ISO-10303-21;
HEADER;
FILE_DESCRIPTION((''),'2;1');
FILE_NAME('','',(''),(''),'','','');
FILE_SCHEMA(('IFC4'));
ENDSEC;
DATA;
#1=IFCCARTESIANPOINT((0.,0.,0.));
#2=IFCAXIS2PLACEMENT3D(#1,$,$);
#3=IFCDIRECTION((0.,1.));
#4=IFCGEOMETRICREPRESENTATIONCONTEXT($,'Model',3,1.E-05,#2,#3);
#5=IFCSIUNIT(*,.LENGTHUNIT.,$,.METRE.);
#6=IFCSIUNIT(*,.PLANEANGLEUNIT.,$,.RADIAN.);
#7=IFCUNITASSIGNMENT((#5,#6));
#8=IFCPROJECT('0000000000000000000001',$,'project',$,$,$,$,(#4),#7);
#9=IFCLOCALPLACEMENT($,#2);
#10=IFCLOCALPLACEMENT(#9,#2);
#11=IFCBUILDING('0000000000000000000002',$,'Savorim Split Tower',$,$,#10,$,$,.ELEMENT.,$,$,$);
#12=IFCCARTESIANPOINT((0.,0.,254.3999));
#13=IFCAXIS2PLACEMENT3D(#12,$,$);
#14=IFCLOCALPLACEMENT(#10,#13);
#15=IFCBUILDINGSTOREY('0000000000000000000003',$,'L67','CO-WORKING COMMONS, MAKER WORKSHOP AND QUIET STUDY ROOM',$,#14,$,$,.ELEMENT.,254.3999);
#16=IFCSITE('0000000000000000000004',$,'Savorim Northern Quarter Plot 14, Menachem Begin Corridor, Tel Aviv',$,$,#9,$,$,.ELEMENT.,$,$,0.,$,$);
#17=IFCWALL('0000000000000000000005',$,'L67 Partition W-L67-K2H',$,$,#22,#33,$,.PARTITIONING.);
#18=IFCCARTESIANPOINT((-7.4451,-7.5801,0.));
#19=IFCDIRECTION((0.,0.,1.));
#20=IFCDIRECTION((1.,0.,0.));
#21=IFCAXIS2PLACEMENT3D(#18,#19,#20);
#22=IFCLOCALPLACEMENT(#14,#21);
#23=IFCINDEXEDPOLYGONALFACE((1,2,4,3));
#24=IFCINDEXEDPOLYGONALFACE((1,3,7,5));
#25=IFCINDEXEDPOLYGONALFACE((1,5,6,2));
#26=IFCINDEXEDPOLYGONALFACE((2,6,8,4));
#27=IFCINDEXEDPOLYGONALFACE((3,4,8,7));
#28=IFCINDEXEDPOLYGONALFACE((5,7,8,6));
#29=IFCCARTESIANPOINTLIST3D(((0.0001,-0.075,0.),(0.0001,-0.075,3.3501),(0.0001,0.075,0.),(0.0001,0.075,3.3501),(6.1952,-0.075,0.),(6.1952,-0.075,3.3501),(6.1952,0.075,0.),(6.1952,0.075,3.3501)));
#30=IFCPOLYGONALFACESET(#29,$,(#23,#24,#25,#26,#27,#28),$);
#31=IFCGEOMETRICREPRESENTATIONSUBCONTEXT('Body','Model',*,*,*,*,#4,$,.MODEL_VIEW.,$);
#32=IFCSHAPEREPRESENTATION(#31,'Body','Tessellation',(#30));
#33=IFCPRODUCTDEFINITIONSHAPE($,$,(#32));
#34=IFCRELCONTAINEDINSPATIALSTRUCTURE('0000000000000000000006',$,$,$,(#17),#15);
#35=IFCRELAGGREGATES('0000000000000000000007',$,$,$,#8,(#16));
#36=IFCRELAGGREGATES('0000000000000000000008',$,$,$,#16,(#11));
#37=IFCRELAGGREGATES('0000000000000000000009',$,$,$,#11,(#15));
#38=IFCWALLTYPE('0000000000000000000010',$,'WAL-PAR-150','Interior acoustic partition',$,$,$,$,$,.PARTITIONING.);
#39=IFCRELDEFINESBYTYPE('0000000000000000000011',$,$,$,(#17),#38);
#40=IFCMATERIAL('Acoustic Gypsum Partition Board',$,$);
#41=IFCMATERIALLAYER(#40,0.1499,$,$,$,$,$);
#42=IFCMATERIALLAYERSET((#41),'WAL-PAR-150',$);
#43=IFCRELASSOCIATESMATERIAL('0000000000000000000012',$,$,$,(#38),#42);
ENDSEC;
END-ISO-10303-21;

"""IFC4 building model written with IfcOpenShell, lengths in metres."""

from ifc_helpers import new_model, si_unit, direction, frame, frame_2d, origin, place, context, subcontext, project, spatial, rectangle, extrude, material, layer, layer_set, type_object, element, save


model = new_model("IFC4")

# Units and contexts
model_context = context("Model", 3, precision=1e-05, world=origin(), true_north=direction((0.0, 1.0)))
body_context = subcontext(model_context, "Body", "Model", "MODEL_VIEW")
ifc_project = project(units=[si_unit("LENGTHUNIT", "METRE"), si_unit("PLANEANGLEUNIT", "RADIAN")], contexts=[model_context])

# Site, building, storey
site_placement = place(None, origin())
site = spatial("IfcSite", under=ifc_project, at=site_placement, Name="Savorim Northern Quarter Plot 14, Menachem Begin Corridor, Tel Aviv", CompositionType="ELEMENT", RefElevation=0.0)
building_placement = place(site_placement, origin())
building = spatial("IfcBuilding", under=site, at=building_placement, Name="Savorim Split Tower", CompositionType="ELEMENT")
storey_placement = place(building_placement, frame((0.0, 0.0, 254.3999)))
storey = spatial("IfcBuildingStorey", under=building, at=storey_placement, Name="L67", Description="CO-WORKING COMMONS, MAKER WORKSHOP AND QUIET STUDY ROOM", CompositionType="ELEMENT", Elevation=254.3999)

# Shared definitions
ifc_material_1 = material(Name="Acoustic Gypsum Partition Board")
ifc_layer_1 = layer(ifc_material_1, 0.1499)
ifc_layer_set_1 = layer_set([ifc_layer_1], Name="WAL-PAR-150")
wall_type_1 = type_object("IfcWallType", Name="WAL-PAR-150", Description="Interior acoustic partition", PredefinedType="PARTITIONING", material=ifc_layer_set_1)

# Wall
wall_1_placement = place(storey_placement, frame((-7.4451, -7.5801, 0.0), z_axis=(0.0, 0.0, 1.0), x_axis=(1.0, 0.0, 0.0)))
element("IfcWall", 1, at=wall_1_placement, inside=storey, type_object=wall_type_1, Name="L67 Partition W-L67-K2H", PredefinedType="PARTITIONING", context=body_context, shape_type="SweptSolid", body=[
    extrude(rectangle(XDim=6.1951, YDim=0.1499, at=frame_2d((3.0977, 0.0))), origin(), (0.0, 0.0, 1.0), 3.3501),
])

save(model, "model.ifc")
